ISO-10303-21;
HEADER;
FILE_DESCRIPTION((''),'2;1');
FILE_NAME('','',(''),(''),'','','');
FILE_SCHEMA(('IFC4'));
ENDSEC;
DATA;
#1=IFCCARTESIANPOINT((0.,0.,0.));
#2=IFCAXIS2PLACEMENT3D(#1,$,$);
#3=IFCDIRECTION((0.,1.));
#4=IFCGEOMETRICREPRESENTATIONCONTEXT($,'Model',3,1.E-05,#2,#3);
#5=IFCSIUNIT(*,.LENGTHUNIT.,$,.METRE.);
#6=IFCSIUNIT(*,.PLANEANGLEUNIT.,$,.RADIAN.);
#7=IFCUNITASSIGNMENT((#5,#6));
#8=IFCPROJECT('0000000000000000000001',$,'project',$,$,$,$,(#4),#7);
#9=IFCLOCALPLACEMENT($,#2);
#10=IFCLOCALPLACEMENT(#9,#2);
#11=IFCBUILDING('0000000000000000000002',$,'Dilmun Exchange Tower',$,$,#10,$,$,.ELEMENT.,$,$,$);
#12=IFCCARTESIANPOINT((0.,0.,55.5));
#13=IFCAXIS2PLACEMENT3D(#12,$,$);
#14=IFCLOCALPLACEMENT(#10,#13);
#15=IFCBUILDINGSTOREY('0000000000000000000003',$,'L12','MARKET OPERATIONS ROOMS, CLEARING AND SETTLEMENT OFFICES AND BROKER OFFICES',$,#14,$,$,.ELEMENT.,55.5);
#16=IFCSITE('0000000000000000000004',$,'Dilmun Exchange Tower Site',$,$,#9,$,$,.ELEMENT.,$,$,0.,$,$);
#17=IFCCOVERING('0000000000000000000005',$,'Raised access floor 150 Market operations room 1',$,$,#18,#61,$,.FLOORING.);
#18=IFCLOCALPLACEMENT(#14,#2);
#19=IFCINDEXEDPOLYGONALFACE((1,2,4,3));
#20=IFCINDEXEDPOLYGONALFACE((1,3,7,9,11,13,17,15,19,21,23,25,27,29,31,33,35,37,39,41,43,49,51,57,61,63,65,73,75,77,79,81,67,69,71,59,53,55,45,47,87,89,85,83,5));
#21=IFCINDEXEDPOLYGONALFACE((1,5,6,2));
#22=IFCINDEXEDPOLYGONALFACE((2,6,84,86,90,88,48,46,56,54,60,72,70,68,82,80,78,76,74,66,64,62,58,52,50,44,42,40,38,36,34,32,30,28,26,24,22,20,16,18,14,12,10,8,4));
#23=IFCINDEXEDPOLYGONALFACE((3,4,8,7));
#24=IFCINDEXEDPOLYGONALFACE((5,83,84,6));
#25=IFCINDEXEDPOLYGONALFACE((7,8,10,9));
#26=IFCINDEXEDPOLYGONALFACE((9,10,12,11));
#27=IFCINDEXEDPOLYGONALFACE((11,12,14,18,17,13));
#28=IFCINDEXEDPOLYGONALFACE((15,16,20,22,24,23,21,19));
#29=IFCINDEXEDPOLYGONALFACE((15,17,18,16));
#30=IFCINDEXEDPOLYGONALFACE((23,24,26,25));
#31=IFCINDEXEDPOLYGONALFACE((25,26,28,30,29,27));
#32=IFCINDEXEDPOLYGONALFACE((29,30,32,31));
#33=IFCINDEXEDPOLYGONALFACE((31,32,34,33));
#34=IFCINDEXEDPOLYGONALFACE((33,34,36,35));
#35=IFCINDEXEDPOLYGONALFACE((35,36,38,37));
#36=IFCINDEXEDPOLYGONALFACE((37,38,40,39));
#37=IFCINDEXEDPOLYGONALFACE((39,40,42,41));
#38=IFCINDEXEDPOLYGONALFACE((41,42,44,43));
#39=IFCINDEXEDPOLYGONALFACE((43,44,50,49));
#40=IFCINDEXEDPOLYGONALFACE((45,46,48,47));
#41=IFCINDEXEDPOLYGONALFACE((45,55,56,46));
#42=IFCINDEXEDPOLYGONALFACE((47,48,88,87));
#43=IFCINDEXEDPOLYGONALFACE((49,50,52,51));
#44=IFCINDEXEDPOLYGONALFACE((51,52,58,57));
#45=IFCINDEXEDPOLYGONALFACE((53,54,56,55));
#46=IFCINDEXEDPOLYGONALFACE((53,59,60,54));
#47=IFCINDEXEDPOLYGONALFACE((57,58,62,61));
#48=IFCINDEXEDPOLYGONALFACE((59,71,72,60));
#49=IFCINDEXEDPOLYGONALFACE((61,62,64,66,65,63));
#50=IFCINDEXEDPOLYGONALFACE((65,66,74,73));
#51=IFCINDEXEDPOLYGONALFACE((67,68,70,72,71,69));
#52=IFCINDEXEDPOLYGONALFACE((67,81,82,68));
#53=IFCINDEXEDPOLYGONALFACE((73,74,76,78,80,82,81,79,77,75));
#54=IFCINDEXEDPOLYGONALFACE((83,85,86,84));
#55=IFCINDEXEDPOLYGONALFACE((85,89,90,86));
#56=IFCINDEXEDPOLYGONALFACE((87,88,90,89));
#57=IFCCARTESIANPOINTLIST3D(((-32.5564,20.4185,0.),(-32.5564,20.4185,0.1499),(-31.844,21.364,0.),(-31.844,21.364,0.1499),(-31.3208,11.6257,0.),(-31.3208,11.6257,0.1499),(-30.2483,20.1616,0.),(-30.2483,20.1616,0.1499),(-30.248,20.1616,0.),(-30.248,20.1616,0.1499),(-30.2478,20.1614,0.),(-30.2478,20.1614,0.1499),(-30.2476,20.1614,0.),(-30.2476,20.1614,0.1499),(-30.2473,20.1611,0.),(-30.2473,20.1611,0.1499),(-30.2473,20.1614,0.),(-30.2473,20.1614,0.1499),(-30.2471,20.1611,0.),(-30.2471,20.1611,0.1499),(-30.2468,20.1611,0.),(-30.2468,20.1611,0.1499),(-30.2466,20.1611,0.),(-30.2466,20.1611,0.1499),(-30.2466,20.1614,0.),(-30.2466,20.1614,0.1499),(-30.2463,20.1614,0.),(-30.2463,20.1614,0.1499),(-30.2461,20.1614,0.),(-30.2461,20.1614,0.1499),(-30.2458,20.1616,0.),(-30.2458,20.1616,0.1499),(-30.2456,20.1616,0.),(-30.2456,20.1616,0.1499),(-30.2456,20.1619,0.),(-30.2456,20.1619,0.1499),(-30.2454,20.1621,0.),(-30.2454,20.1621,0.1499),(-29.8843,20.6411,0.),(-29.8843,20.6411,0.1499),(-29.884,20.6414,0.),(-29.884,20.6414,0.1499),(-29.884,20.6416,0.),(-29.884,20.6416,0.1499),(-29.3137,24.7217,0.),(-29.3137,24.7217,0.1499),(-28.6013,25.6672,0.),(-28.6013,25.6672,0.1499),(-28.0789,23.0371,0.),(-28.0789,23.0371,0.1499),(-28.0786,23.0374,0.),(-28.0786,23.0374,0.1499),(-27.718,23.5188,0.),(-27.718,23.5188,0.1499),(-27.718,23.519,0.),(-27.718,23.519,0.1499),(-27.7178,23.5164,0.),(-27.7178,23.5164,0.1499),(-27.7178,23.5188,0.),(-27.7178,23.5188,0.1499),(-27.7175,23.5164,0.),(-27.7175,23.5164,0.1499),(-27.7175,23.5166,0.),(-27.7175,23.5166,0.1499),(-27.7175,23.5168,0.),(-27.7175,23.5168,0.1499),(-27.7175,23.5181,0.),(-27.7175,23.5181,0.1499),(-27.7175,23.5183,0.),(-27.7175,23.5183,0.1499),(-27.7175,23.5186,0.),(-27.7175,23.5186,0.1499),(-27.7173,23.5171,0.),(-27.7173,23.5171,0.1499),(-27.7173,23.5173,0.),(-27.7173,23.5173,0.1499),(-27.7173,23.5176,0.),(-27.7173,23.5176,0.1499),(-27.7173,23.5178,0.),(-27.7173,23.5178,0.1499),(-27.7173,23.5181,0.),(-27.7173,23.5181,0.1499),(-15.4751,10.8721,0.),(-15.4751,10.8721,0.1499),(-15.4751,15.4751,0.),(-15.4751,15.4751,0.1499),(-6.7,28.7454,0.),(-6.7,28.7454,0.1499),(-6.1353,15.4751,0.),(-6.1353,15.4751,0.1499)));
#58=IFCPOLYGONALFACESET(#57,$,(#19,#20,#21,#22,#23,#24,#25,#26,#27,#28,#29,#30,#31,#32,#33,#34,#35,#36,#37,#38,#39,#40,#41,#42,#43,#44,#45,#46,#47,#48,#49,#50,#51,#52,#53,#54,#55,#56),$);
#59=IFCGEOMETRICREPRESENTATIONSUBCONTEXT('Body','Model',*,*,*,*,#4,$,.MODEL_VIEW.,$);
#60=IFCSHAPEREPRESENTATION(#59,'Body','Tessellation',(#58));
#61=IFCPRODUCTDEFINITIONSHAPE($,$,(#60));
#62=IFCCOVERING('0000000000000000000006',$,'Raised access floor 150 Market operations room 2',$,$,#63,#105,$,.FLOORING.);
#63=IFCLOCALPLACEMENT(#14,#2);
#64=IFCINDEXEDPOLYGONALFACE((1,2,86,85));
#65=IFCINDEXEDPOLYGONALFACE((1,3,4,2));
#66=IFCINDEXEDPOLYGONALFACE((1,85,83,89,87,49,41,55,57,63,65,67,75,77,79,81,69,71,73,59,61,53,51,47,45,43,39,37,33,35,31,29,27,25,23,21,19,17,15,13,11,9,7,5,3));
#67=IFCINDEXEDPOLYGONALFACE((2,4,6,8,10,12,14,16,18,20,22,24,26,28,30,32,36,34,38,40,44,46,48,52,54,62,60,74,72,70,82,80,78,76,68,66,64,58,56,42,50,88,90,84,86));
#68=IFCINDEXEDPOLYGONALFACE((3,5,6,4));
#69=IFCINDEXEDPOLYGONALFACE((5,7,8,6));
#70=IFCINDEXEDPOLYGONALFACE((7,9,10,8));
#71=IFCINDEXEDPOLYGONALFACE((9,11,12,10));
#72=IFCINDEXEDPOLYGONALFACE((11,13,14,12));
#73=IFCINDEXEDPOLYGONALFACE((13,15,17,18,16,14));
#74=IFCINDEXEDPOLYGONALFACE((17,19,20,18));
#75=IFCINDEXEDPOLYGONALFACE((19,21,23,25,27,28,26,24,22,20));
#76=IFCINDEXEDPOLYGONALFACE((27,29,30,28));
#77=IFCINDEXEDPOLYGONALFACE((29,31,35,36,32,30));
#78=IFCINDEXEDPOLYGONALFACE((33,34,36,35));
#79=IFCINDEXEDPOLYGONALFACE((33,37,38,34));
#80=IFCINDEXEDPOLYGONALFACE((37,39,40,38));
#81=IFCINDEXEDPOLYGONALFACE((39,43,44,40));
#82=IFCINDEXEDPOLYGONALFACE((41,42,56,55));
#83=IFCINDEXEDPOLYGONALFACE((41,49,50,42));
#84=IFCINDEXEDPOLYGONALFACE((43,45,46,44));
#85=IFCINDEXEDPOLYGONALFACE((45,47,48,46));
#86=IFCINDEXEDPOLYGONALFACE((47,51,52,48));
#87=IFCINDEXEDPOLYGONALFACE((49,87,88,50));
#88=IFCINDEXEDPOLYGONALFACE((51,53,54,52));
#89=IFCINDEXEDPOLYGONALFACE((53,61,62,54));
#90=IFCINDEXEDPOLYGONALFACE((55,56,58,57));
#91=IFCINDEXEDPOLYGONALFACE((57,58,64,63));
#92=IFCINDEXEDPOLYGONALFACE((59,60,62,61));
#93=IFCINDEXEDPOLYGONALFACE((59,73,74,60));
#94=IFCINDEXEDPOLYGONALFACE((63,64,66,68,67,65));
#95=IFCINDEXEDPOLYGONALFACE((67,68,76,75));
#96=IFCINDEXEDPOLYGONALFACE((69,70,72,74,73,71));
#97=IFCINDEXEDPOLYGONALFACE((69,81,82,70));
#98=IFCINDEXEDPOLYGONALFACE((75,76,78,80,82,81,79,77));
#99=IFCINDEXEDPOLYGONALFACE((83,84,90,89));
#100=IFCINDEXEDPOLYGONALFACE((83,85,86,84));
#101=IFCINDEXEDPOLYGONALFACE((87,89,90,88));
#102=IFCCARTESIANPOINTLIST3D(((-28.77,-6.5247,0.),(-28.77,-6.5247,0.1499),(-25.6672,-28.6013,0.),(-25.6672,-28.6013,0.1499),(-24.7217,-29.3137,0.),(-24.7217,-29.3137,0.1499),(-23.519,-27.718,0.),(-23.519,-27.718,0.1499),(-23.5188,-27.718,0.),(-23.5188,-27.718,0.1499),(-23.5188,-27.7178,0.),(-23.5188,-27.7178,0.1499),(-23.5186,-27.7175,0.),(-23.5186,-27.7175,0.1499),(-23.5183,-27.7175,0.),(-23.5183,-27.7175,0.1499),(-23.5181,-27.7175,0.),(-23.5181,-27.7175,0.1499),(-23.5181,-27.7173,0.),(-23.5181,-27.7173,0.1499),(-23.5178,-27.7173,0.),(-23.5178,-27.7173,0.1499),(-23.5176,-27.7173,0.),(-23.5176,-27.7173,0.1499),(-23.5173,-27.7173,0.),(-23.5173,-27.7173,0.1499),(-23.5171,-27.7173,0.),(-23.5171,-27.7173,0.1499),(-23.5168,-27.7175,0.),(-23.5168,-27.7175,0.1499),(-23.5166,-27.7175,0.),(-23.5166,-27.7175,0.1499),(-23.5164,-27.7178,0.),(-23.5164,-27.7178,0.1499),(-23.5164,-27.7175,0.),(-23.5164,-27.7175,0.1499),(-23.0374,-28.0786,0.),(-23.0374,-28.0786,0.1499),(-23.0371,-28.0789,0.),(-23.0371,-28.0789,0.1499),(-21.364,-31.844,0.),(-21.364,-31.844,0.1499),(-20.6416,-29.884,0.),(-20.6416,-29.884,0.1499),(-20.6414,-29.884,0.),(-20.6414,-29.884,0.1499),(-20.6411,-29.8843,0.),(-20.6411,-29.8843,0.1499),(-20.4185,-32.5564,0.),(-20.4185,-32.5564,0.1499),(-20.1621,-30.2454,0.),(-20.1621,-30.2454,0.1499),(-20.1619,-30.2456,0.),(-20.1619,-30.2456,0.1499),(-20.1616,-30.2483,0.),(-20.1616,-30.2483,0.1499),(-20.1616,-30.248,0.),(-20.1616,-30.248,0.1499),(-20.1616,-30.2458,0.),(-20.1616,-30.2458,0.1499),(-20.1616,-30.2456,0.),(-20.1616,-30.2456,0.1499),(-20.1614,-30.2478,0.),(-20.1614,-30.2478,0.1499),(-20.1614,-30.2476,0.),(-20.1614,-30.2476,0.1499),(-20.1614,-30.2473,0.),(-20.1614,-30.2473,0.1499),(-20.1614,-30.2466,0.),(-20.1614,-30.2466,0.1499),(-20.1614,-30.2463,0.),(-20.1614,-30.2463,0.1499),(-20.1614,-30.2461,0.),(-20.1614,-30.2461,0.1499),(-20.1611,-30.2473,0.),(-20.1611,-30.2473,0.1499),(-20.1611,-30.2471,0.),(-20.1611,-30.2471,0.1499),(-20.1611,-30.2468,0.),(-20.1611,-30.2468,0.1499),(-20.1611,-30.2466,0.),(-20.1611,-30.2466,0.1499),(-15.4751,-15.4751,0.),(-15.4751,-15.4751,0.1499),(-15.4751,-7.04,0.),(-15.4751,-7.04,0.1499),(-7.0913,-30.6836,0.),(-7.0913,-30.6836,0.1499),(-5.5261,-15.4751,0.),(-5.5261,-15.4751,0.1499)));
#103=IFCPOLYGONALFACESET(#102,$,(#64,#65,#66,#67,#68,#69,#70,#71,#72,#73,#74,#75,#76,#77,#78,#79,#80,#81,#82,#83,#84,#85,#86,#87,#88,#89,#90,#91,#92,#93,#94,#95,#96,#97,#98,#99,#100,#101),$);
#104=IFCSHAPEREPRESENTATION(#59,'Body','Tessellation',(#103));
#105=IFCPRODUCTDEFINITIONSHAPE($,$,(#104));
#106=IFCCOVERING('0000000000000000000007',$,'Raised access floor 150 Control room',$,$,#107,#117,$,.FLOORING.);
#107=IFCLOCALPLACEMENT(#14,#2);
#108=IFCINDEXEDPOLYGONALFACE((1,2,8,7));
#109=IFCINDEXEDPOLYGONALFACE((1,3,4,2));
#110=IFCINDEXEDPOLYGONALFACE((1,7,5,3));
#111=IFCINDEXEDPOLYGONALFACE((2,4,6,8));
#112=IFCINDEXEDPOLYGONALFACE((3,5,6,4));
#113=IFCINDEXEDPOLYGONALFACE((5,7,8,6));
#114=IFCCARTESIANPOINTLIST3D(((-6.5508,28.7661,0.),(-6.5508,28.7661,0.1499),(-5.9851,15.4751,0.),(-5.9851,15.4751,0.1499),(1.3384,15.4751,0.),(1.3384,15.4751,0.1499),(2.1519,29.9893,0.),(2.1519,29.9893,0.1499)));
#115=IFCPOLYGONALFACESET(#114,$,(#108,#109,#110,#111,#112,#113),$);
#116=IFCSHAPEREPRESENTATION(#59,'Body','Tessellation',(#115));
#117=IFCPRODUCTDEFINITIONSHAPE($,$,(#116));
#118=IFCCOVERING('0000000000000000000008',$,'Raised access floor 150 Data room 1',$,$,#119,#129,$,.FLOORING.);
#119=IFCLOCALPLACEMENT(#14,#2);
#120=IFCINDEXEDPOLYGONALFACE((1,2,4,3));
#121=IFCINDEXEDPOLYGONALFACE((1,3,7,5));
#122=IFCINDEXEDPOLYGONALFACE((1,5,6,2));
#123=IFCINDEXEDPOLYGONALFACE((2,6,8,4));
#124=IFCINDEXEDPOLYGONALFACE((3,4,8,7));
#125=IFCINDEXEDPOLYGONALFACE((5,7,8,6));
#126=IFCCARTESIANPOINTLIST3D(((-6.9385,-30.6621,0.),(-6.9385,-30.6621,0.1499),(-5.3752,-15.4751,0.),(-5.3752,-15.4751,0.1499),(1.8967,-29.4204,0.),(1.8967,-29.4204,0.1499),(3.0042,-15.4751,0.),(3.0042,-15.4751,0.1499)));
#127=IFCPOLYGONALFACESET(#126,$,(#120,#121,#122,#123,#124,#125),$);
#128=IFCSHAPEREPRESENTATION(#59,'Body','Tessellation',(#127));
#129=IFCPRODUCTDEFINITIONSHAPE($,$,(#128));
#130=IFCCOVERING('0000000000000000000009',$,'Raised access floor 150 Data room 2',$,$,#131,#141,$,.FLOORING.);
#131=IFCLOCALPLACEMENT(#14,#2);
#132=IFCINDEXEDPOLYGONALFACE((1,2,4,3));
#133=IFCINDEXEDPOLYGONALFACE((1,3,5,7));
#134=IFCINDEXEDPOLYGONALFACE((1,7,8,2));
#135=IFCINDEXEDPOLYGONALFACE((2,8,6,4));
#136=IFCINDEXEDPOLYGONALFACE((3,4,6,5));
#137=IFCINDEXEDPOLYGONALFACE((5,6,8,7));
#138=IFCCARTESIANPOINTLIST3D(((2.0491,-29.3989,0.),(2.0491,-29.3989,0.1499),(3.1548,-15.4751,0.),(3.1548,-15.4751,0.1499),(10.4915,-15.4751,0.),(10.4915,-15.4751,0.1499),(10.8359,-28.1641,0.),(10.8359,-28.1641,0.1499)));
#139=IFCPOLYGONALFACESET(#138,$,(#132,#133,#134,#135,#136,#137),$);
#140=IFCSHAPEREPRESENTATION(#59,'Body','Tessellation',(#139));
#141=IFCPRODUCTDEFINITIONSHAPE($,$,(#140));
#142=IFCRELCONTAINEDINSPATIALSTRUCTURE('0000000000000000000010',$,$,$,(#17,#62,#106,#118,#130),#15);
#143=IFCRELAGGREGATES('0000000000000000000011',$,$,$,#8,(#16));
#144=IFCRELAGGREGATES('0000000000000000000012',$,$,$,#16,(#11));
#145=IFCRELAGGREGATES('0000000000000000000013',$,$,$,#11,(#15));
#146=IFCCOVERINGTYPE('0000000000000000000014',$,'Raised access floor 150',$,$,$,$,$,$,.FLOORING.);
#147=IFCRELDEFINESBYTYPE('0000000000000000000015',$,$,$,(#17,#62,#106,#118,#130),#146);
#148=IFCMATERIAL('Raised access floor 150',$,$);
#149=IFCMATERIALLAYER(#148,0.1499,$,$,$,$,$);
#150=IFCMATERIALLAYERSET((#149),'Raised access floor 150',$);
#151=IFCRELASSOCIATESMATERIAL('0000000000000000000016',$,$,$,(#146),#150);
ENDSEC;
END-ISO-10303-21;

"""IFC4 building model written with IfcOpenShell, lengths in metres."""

from ifc_helpers import new_model, si_unit, direction, frame, origin, place, context, subcontext, project, spatial, polyline, outline, extrude, material, layer, layer_set, type_object, element, save


model = new_model("IFC4")

# Units and contexts
model_context = context("Model", 3, precision=1e-05, world=origin(), true_north=direction((0.0, 1.0)))
body_context = subcontext(model_context, "Body", "Model", "MODEL_VIEW")
ifc_project = project(units=[si_unit("LENGTHUNIT", "METRE"), si_unit("PLANEANGLEUNIT", "RADIAN")], contexts=[model_context])

# Site, building, storey
site_placement = place(None, origin())
site = spatial("IfcSite", under=ifc_project, at=site_placement, Name="Dilmun Exchange Tower Site", CompositionType="ELEMENT", RefElevation=0.0)
building_placement = place(site_placement, origin())
building = spatial("IfcBuilding", under=site, at=building_placement, Name="Dilmun Exchange Tower", CompositionType="ELEMENT")
storey_placement = place(building_placement, frame((0.0, 0.0, 55.5)))
storey = spatial("IfcBuildingStorey", under=building, at=storey_placement, Name="L12", Description="MARKET OPERATIONS ROOMS, CLEARING AND SETTLEMENT OFFICES AND BROKER OFFICES", CompositionType="ELEMENT", Elevation=55.5)

# Coverings
ifc_material_1 = material(Name="Raised access floor 150")
ifc_layer_1 = layer(ifc_material_1, 0.1499)
ifc_layer_set_1 = layer_set([ifc_layer_1], Name="Raised access floor 150")
covering_type_1 = type_object("IfcCoveringType", Name="Raised access floor 150", PredefinedType="FLOORING", material=ifc_layer_set_1)
covering_1_placement = place(storey_placement, origin())
element("IfcCovering", 1, at=covering_1_placement, inside=storey, type_object=covering_type_1, Name="Raised access floor 150 Market operations room 1", PredefinedType="FLOORING", context=body_context, shape_type="SweptSolid", body=[
    extrude(outline(polyline([(-6.1353, 15.4751), (-15.4751, 15.4751), (-15.4751, 10.8721), (-31.3208, 11.6257), (-32.5564, 20.4185), (-31.844, 21.364), (-30.2483, 20.1616), (-30.248, 20.1616), (-30.2478, 20.1614), (-30.2476, 20.1614), (-30.2473, 20.1614), (-30.2473, 20.1611), (-30.2471, 20.1611), (-30.2468, 20.1611), (-30.2466, 20.1611), (-30.2466, 20.1614), (-30.2463, 20.1614), (-30.2461, 20.1614), (-30.2458, 20.1616), (-30.2458, 20.1616), (-30.2456, 20.1616), (-30.2456, 20.1619), (-30.2454, 20.1621), (-29.8843, 20.6411), (-29.884, 20.6414), (-29.884, 20.6416), (-29.884, 20.6416), (-29.884, 20.6416), (-28.0789, 23.0371), (-28.0786, 23.0374), (-27.7178, 23.5164), (-27.7175, 23.5164), (-27.7175, 23.5166), (-27.7175, 23.5168), (-27.7173, 23.5171), (-27.7173, 23.5171), (-27.7173, 23.5173), (-27.7173, 23.5176), (-27.7173, 23.5178), (-27.7173, 23.5181), (-27.7175, 23.5181), (-27.7175, 23.5183), (-27.7175, 23.5186), (-27.7178, 23.5188), (-27.718, 23.5188), (-27.718, 23.519), (-27.718, 23.519), (-29.3137, 24.7217), (-28.6013, 25.6672), (-6.7, 28.7454), (-6.1353, 15.4751)])), origin(), (0.0, 0.0, 1.0), 0.1499),
])
covering_2_placement = place(storey_placement, origin())
element("IfcCovering", 2, at=covering_2_placement, inside=storey, type_object=covering_type_1, Name="Raised access floor 150 Market operations room 2", PredefinedType="FLOORING", context=body_context, shape_type="SweptSolid", body=[
    extrude(outline(polyline([(-15.4751, -7.04), (-15.4751, -15.4751), (-5.5261, -15.4751), (-7.0913, -30.6836), (-20.4185, -32.5564), (-21.364, -31.844), (-20.1616, -30.2483), (-20.1616, -30.248), (-20.1614, -30.2478), (-20.1614, -30.2476), (-20.1614, -30.2473), (-20.1611, -30.2473), (-20.1611, -30.2471), (-20.1611, -30.2468), (-20.1611, -30.2466), (-20.1614, -30.2466), (-20.1614, -30.2463), (-20.1614, -30.2461), (-20.1616, -30.2458), (-20.1616, -30.2458), (-20.1616, -30.2456), (-20.1619, -30.2456), (-20.1621, -30.2454), (-20.6411, -29.8843), (-20.6414, -29.884), (-20.6416, -29.884), (-20.6416, -29.884), (-20.6416, -29.884), (-23.0371, -28.0789), (-23.0374, -28.0786), (-23.5164, -27.7178), (-23.5164, -27.7175), (-23.5166, -27.7175), (-23.5168, -27.7175), (-23.5171, -27.7173), (-23.5171, -27.7173), (-23.5173, -27.7173), (-23.5176, -27.7173), (-23.5178, -27.7173), (-23.5181, -27.7173), (-23.5181, -27.7175), (-23.5183, -27.7175), (-23.5186, -27.7175), (-23.5188, -27.7178), (-23.5188, -27.718), (-23.519, -27.718), (-23.519, -27.718), (-24.7217, -29.3137), (-25.6672, -28.6013), (-28.77, -6.5247), (-15.4751, -7.04)])), origin(), (0.0, 0.0, 1.0), 0.1499),
])
covering_3_placement = place(storey_placement, origin())
element("IfcCovering", 3, at=covering_3_placement, inside=storey, type_object=covering_type_1, Name="Raised access floor 150 Control room", PredefinedType="FLOORING", context=body_context, shape_type="SweptSolid", body=[
    extrude(outline(polyline([(1.3384, 15.4751), (-5.9851, 15.4751), (-6.5508, 28.7661), (2.1519, 29.9893), (1.3384, 15.4751)])), origin(), (0.0, 0.0, 1.0), 0.1499),
])
covering_4_placement = place(storey_placement, origin())
element("IfcCovering", 4, at=covering_4_placement, inside=storey, type_object=covering_type_1, Name="Raised access floor 150 Data room 1", PredefinedType="FLOORING", context=body_context, shape_type="SweptSolid", body=[
    extrude(outline(polyline([(-5.3752, -15.4751), (3.0042, -15.4751), (1.8967, -29.4204), (-6.9385, -30.6621), (-5.3752, -15.4751)])), origin(), (0.0, 0.0, 1.0), 0.1499),
])
covering_5_placement = place(storey_placement, origin())
element("IfcCovering", 5, at=covering_5_placement, inside=storey, type_object=covering_type_1, Name="Raised access floor 150 Data room 2", PredefinedType="FLOORING", context=body_context, shape_type="SweptSolid", body=[
    extrude(outline(polyline([(3.1548, -15.4751), (10.4915, -15.4751), (10.8359, -28.1641), (2.0491, -29.3989), (3.1548, -15.4751)])), origin(), (0.0, 0.0, 1.0), 0.1499),
])

save(model, "model.ifc")
